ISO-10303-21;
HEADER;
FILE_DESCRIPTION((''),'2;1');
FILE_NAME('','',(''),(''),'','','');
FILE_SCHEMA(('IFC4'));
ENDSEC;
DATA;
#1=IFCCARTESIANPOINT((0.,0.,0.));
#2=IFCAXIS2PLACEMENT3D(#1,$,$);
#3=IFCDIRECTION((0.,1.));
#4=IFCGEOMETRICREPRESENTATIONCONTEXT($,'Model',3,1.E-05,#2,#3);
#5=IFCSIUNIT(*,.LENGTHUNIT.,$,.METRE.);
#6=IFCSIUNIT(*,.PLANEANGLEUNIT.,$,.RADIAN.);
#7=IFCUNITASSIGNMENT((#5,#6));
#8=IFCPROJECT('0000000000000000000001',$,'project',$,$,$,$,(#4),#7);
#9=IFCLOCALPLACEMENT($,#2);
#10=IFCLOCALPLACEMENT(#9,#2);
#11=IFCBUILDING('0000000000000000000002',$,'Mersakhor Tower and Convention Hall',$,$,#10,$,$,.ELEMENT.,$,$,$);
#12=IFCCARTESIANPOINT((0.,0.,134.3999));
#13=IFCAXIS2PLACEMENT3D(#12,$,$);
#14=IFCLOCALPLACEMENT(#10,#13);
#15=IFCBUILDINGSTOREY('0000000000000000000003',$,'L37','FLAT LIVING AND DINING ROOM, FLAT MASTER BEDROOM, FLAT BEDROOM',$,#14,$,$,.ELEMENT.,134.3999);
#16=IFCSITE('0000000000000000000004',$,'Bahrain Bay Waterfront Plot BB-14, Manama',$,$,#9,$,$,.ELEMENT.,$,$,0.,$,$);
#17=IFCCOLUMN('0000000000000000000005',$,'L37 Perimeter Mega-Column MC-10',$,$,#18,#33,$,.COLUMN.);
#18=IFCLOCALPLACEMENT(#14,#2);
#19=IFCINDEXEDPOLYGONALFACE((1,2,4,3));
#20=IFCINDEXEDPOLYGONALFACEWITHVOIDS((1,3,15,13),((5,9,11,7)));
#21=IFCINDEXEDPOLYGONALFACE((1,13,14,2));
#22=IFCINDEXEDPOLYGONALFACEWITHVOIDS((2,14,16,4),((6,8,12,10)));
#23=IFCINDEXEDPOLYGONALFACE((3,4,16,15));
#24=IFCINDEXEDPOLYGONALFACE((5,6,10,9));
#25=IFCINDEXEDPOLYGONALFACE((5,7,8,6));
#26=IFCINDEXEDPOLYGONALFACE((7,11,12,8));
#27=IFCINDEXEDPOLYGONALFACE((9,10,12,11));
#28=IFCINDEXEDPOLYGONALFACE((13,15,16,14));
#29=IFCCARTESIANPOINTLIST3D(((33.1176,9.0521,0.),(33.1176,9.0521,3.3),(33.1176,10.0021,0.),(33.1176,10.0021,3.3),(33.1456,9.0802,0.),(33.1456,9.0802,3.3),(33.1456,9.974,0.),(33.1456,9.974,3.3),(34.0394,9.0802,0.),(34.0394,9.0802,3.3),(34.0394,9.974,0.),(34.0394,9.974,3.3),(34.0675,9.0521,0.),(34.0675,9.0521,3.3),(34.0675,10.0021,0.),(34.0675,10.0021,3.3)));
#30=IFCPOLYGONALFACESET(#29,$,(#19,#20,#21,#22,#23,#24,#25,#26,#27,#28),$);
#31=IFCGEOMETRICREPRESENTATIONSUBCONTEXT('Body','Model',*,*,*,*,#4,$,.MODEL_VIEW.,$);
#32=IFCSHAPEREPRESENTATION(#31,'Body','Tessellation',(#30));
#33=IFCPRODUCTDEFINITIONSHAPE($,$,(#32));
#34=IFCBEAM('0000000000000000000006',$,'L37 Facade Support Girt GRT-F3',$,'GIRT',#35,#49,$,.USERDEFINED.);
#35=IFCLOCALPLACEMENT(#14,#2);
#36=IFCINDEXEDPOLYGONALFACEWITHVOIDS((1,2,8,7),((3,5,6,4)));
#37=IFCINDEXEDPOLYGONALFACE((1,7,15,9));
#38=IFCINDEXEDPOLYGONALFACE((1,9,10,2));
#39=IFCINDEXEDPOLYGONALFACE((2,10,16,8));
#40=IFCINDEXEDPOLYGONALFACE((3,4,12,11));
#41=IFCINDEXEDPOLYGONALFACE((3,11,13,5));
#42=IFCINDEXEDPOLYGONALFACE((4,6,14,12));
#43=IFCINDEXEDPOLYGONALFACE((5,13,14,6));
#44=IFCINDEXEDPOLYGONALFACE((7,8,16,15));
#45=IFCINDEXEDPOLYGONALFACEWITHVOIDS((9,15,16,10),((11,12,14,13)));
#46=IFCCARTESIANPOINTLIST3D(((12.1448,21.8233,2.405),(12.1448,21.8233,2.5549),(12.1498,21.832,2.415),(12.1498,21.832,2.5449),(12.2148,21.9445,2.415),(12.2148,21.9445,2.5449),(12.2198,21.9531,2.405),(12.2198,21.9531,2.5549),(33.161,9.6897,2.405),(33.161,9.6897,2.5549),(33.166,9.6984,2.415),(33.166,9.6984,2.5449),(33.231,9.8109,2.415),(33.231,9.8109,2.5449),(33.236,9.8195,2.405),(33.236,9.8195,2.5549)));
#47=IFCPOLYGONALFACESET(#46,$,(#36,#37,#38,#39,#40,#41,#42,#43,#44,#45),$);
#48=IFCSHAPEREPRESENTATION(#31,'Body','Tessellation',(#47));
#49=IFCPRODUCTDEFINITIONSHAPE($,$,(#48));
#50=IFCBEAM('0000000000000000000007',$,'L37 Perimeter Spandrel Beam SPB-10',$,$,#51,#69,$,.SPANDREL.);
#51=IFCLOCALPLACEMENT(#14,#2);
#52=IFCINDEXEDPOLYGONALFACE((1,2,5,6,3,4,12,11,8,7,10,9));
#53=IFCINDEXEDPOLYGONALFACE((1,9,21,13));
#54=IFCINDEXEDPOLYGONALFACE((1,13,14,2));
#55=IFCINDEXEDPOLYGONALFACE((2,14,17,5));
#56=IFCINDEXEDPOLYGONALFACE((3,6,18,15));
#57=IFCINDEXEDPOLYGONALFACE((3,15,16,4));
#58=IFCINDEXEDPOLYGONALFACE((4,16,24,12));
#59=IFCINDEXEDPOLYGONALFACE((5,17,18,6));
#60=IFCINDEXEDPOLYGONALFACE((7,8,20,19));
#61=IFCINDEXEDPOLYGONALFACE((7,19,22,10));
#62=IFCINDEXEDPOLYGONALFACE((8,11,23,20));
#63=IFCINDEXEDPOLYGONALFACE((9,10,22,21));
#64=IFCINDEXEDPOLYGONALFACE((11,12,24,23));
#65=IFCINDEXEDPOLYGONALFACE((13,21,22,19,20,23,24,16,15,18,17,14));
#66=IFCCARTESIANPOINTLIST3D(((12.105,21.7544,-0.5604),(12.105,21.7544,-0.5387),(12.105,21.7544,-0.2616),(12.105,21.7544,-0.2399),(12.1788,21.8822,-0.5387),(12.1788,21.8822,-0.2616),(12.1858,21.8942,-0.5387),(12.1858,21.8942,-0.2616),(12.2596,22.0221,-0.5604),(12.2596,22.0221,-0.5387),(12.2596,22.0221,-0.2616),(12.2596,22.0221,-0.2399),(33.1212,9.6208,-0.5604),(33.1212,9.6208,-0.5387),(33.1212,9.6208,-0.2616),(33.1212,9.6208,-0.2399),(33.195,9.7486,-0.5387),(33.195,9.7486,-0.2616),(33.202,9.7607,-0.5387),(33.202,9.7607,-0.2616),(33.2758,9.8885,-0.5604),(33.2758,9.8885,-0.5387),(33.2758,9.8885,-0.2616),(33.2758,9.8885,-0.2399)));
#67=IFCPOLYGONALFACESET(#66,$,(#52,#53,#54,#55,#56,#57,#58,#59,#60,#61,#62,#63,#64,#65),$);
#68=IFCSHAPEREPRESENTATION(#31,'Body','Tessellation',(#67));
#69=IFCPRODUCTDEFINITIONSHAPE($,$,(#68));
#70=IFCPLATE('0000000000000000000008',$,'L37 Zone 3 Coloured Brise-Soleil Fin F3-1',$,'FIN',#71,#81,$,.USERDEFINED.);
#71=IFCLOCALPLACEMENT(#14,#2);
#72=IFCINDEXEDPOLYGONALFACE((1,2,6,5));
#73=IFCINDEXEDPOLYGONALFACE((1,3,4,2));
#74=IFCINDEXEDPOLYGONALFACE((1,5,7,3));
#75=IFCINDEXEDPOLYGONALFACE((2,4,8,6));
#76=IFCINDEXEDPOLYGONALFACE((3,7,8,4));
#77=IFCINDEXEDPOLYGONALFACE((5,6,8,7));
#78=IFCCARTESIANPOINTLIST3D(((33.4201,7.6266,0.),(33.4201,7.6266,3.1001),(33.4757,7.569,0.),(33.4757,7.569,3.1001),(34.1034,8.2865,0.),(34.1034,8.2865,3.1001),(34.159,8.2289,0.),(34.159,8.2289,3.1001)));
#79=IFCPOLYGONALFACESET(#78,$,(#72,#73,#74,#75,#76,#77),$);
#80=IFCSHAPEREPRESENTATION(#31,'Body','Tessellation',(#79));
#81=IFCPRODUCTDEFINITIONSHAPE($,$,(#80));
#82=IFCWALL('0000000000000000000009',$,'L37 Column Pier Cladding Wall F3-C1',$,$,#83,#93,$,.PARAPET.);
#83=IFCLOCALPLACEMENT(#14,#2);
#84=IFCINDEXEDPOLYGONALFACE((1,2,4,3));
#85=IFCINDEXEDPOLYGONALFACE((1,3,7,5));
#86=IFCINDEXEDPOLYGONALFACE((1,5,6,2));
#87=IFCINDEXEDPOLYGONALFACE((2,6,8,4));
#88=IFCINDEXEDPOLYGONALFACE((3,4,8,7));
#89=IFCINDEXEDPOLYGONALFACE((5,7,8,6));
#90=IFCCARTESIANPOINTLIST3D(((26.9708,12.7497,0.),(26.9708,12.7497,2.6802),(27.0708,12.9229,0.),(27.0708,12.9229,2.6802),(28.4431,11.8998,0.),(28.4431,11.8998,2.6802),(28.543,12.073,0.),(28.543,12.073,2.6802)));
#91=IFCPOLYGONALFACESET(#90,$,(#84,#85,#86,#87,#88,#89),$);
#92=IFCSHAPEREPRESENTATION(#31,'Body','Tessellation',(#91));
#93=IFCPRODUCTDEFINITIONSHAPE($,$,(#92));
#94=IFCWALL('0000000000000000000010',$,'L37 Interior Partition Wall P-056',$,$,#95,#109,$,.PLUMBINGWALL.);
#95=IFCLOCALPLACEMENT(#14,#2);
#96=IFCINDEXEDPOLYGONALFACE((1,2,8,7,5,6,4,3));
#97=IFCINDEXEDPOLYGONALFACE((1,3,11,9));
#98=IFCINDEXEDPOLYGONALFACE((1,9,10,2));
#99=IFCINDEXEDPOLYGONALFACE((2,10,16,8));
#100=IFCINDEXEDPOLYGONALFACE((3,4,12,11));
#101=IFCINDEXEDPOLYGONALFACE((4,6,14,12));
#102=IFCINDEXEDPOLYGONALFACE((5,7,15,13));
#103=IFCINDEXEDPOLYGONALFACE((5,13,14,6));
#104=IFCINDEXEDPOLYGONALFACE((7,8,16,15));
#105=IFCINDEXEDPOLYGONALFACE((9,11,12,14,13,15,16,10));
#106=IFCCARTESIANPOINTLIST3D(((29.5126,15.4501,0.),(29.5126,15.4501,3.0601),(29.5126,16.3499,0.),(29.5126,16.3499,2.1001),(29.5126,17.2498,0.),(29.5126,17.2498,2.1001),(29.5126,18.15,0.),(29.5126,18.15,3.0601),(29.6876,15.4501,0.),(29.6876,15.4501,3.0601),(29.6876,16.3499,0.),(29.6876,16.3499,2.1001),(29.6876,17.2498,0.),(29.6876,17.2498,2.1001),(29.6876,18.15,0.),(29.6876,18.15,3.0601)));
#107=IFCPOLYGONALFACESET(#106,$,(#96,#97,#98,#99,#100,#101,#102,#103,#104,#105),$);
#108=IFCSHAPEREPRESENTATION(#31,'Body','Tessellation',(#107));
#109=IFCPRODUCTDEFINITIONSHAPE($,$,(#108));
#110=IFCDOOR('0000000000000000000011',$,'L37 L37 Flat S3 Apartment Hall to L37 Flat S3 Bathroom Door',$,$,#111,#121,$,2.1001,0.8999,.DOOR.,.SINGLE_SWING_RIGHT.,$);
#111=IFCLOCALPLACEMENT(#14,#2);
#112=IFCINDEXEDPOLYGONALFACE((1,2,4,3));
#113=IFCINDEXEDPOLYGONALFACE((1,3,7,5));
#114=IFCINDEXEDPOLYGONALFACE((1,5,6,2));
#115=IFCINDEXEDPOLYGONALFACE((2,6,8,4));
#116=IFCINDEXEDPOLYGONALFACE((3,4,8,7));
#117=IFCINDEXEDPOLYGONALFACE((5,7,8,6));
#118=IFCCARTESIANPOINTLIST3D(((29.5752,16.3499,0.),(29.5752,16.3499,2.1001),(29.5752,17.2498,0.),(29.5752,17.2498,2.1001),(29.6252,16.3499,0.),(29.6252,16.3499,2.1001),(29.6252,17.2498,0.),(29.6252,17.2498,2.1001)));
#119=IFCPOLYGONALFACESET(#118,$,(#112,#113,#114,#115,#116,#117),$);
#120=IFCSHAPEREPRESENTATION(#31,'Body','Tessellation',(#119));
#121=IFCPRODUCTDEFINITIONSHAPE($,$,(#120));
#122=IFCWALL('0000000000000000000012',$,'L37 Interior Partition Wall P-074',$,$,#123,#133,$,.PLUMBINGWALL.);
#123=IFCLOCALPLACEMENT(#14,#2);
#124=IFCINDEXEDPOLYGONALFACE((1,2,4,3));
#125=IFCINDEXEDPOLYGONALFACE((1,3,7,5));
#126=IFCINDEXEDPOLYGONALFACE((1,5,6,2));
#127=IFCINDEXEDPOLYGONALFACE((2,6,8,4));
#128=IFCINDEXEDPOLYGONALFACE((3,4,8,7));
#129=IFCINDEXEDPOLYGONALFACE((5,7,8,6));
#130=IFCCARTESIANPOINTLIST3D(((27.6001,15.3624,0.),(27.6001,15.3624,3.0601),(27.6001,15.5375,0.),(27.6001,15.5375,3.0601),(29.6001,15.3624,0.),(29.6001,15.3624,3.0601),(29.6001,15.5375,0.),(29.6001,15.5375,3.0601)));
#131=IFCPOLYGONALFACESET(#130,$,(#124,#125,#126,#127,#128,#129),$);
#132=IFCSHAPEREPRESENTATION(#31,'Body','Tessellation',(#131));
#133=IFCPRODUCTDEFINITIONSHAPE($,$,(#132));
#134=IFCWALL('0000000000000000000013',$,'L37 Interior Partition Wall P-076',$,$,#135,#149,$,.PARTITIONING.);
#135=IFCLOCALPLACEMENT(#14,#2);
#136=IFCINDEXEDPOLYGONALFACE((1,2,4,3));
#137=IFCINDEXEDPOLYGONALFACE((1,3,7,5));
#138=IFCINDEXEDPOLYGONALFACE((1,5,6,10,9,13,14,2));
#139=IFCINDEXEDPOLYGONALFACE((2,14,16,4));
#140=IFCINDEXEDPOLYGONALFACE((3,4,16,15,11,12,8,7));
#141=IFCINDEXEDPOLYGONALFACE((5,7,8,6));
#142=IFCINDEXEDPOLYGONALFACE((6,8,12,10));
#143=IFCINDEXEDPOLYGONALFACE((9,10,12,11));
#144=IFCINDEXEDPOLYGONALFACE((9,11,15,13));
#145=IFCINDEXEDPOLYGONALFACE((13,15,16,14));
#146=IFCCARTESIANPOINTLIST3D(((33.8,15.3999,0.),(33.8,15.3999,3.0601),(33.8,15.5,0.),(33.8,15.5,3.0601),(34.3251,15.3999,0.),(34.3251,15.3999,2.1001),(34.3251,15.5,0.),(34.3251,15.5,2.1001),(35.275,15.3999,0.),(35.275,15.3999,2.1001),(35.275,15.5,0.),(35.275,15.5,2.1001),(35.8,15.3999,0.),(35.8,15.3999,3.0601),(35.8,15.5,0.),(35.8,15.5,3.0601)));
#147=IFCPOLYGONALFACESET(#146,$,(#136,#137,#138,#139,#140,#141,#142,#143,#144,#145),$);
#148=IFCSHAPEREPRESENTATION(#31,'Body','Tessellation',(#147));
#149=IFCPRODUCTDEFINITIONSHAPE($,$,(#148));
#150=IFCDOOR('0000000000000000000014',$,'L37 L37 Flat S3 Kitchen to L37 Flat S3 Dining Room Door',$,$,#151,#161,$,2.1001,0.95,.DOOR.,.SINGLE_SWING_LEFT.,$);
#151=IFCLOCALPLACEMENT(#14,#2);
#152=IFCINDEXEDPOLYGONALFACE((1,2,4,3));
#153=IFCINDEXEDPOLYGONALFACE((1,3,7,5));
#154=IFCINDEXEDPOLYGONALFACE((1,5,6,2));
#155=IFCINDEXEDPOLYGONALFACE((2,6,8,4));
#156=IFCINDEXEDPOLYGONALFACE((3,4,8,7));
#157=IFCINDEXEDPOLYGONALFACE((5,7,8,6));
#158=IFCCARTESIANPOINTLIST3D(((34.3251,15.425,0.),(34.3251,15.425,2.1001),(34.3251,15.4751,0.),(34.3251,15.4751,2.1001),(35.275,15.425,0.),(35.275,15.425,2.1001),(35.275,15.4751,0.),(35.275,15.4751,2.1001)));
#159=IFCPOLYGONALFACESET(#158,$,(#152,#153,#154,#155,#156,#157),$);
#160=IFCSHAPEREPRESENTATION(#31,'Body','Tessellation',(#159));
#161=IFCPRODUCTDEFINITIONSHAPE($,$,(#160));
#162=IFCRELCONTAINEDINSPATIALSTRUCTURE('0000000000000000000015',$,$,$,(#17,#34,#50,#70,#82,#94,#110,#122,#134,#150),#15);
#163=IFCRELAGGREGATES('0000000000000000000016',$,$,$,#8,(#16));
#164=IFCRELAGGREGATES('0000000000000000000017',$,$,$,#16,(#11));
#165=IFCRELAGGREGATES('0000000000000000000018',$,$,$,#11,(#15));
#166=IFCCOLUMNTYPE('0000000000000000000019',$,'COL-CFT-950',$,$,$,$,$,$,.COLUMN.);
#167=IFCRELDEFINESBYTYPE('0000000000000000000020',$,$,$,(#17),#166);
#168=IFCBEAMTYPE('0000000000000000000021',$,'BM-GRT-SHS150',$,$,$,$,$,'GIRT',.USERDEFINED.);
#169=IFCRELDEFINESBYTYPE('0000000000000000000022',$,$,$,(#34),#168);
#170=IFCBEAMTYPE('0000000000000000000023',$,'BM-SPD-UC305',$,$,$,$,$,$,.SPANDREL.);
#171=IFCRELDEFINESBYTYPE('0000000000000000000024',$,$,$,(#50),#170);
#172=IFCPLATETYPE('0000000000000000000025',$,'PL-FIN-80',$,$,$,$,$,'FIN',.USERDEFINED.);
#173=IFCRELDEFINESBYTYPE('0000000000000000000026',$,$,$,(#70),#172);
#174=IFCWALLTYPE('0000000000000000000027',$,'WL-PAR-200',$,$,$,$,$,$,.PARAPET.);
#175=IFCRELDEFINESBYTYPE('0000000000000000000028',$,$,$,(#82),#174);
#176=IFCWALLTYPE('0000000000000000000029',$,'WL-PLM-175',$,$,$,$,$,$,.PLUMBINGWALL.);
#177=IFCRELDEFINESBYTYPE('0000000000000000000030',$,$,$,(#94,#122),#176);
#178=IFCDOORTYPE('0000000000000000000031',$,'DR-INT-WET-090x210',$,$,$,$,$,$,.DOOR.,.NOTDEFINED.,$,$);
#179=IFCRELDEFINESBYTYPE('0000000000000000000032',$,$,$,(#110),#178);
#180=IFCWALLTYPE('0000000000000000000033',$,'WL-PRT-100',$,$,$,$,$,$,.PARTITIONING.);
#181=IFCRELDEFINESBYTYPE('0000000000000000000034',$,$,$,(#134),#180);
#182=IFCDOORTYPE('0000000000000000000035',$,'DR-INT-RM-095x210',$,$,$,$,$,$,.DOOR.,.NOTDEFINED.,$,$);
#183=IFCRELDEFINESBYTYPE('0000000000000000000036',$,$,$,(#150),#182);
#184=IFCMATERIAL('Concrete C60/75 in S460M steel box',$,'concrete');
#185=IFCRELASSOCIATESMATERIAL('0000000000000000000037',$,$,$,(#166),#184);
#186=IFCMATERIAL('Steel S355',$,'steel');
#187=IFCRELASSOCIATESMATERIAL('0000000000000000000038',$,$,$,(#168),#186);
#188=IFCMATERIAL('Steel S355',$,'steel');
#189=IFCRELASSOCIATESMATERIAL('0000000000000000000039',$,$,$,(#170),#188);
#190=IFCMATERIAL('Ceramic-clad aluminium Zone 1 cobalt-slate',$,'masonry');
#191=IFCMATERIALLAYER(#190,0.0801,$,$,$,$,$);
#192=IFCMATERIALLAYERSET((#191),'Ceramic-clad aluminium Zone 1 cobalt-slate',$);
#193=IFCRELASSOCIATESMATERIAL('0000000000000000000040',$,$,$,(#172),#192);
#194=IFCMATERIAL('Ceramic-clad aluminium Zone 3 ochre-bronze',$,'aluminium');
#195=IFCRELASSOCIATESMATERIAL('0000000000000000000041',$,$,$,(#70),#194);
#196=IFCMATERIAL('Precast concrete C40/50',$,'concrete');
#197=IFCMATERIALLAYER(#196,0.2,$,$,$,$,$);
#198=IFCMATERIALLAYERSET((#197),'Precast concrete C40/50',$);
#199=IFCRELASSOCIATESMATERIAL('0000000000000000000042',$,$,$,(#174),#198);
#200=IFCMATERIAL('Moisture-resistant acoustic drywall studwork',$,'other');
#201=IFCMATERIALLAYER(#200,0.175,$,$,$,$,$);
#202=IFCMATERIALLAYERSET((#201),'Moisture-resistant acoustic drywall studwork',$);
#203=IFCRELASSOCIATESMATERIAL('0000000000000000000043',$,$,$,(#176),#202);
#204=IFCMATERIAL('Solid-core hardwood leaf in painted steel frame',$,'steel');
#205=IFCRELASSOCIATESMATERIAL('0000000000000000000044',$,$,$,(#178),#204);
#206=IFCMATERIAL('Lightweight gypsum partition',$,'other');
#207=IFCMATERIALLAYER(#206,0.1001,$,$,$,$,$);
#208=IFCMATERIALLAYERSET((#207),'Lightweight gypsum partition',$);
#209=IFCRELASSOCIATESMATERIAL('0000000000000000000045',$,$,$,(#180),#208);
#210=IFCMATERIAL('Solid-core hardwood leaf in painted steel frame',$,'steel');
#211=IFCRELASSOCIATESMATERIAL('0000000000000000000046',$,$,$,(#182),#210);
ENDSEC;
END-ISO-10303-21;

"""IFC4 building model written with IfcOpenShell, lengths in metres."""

from ifc_helpers import new_model, si_unit, direction, frame, frame_2d, origin, origin_2d, place, context, subcontext, project, spatial, rectangle, hollow_rectangle, i_section, extrude, material, layer, layer_set, material_profile, profile_set, type_object, element, fill, save


model = new_model("IFC4")

# Units and contexts
model_context = context("Model", 3, precision=1e-05, world=origin(), true_north=direction((0.0, 1.0)))
body_context = subcontext(model_context, "Body", "Model", "MODEL_VIEW")
ifc_project = project(units=[si_unit("LENGTHUNIT", "METRE"), si_unit("PLANEANGLEUNIT", "RADIAN")], contexts=[model_context])

# Site, building, storey
site_placement = place(None, origin())
site = spatial("IfcSite", under=ifc_project, at=site_placement, Name="Bahrain Bay Waterfront Plot BB-14, Manama", CompositionType="ELEMENT", RefElevation=0.0)
building_placement = place(site_placement, origin())
building = spatial("IfcBuilding", under=site, at=building_placement, Name="Mersakhor Tower and Convention Hall", CompositionType="ELEMENT")
storey_placement = place(building_placement, frame((0.0, 0.0, 134.3999)))
storey = spatial("IfcBuildingStorey", under=building, at=storey_placement, Name="L37", Description="FLAT LIVING AND DINING ROOM, FLAT MASTER BEDROOM, FLAT BEDROOM", CompositionType="ELEMENT", Elevation=134.3999)

# Column
ifc_material_1 = material(Name="Concrete C60/75 in S460M steel box", Category="concrete")
ifc_material_profile_1 = material_profile(ifc_material_1, hollow_rectangle(XDim=0.95, YDim=0.95, WallThickness=0.0281, at=origin_2d()), Name="SHS 950x950x28")
ifc_profile_set_1 = profile_set([ifc_material_profile_1], Name="Concrete C60/75 in S460M steel box")
column_type = type_object("IfcColumnType", Name="COL-CFT-950", PredefinedType="COLUMN", material=ifc_profile_set_1)
column_placement = place(storey_placement, frame((33.5925, 9.5271, 0.0), z_axis=(0.0, 0.0, 1.0), x_axis=(1.0, 0.0, 0.0)))
element("IfcColumn", 1, at=column_placement, inside=storey, type_object=column_type, Name="L37 Perimeter Mega-Column MC-10", PredefinedType="COLUMN", context=body_context, shape_type="SweptSolid", body=[
    extrude(hollow_rectangle(XDim=0.95, YDim=0.95, WallThickness=0.0281, at=origin_2d()), origin(), (0.0, 0.0, 1.0), 3.3),
])

# Beams
ifc_material_2 = material(Name="Steel S355", Category="steel")
ifc_material_profile_2 = material_profile(ifc_material_2, hollow_rectangle(XDim=0.1499, YDim=0.1499, WallThickness=0.01, at=origin_2d()), Name="SHS 150x150x10")
ifc_profile_set_2 = profile_set([ifc_material_profile_2], Name="Steel S355")
beam_type_1 = type_object("IfcBeamType", Name="BM-GRT-SHS150", ElementType="GIRT", PredefinedType="USERDEFINED", material=ifc_profile_set_2)
beam_1_placement = place(storey_placement, frame((33.1985, 9.7546, 2.48), z_axis=(-0.866027, 0.499996, 0.0), x_axis=(-0.499996, -0.866027, 0.0)))
element("IfcBeam", 2, at=beam_1_placement, inside=storey, type_object=beam_type_1, Name="L37 Facade Support Girt GRT-F3", ObjectType="GIRT", PredefinedType="USERDEFINED", context=body_context, shape_type="SweptSolid", body=[
    extrude(hollow_rectangle(XDim=0.1499, YDim=0.1499, WallThickness=0.01, at=origin_2d()), origin(), (0.0, 0.0, 1.0), 24.2673),
])
ifc_material_3 = material(Name="Steel S355", Category="steel")
ifc_material_profile_3 = material_profile(ifc_material_3, i_section(OverallWidth=0.3091, OverallDepth=0.3206, WebThickness=0.0139, FlangeThickness=0.0217, at=origin_2d()), Name="UC 305x305x137")
ifc_profile_set_3 = profile_set([ifc_material_profile_3], Name="Steel S355")
beam_type_2 = type_object("IfcBeamType", Name="BM-SPD-UC305", PredefinedType="SPANDREL", material=ifc_profile_set_3)
beam_2_placement = place(storey_placement, frame((33.1985, 9.7546, -0.4001), z_axis=(-0.866027, 0.499996, 0.0), x_axis=(-0.499996, -0.866027, 0.0)))
element("IfcBeam", 3, at=beam_2_placement, inside=storey, type_object=beam_type_2, Name="L37 Perimeter Spandrel Beam SPB-10", PredefinedType="SPANDREL", context=body_context, shape_type="SweptSolid", body=[
    extrude(i_section(OverallWidth=0.3091, OverallDepth=0.3206, WebThickness=0.0139, FlangeThickness=0.0217, at=origin_2d()), origin(), (0.0, 0.0, 1.0), 24.2673),
])

# Plate
ifc_material_4 = material(Name="Ceramic-clad aluminium Zone 3 ochre-bronze", Category="aluminium")
ifc_material_5 = material(Name="Ceramic-clad aluminium Zone 1 cobalt-slate", Category="masonry")
ifc_layer_1 = layer(ifc_material_5, 0.0801)
ifc_layer_set_1 = layer_set([ifc_layer_1], Name="Ceramic-clad aluminium Zone 1 cobalt-slate")
plate_type = type_object("IfcPlateType", Name="PL-FIN-80", ElementType="FIN", PredefinedType="USERDEFINED", material=ifc_layer_set_1)
plate_placement = place(storey_placement, frame((33.7896, 7.9277, 0.0), z_axis=(0.0, 0.0, 1.0), x_axis=(-0.71934, -0.694658, 0.0)))
element("IfcPlate", 4, at=plate_placement, inside=storey, type_object=plate_type, material=ifc_material_4, Name="L37 Zone 3 Coloured Brise-Soleil Fin F3-1", ObjectType="FIN", PredefinedType="USERDEFINED", context=body_context, shape_type="SweptSolid", body=[
    extrude(rectangle(XDim=0.95, YDim=0.0801, at=origin_2d()), origin(), (0.0, 0.0, 1.0), 3.1001),
])

# Wall
ifc_material_6 = material(Name="Precast concrete C40/50", Category="concrete")
ifc_layer_2 = layer(ifc_material_6, 0.2)
ifc_layer_set_2 = layer_set([ifc_layer_2], Name="Precast concrete C40/50")
wall_type_1 = type_object("IfcWallType", Name="WL-PAR-200", PredefinedType="PARAPET", material=ifc_layer_set_2)
wall_1_placement = place(storey_placement, frame((28.4932, 11.9863, 0.0), z_axis=(0.0, 0.0, 1.0), x_axis=(-0.866052, 0.499955, 0.0)))
element("IfcWall", 5, at=wall_1_placement, inside=storey, type_object=wall_type_1, Name="L37 Column Pier Cladding Wall F3-C1", PredefinedType="PARAPET", context=body_context, shape_type="SweptSolid", body=[
    extrude(rectangle(XDim=1.7, YDim=0.2, at=frame_2d((0.8501, 0.0))), origin(), (0.0, 0.0, 1.0), 2.6802),
])

# Wall, opening, door
ifc_material_7 = material(Name="Moisture-resistant acoustic drywall studwork", Category="other")
ifc_layer_3 = layer(ifc_material_7, 0.175)
ifc_layer_set_3 = layer_set([ifc_layer_3], Name="Moisture-resistant acoustic drywall studwork")
wall_type_2 = type_object("IfcWallType", Name="WL-PLM-175", PredefinedType="PLUMBINGWALL", material=ifc_layer_set_3)
wall_2_placement = place(storey_placement, frame((29.6001, 15.45, 0.0), z_axis=(0.0, 0.0, 1.0), x_axis=(0.0, 1.0, 0.0)))
wall_2 = element("IfcWall", 6, at=wall_2_placement, inside=storey, type_object=wall_type_2, Name="L37 Interior Partition Wall P-056", PredefinedType="PLUMBINGWALL", context=body_context, shape_type="SweptSolid", body=[
    extrude(rectangle(XDim=2.7, YDim=0.175, at=frame_2d((1.3501, 0.0))), origin(), (0.0, 0.0, 1.0), 3.0601),
])
opening_1_placement = place(wall_2_placement, frame((0.8999, 0.0, 0.0)))
opening_1 = element("IfcOpeningElement", 7, at=opening_1_placement, cuts=wall_2, PredefinedType="OPENING", context=body_context, shape_type="SweptSolid", body=[
    extrude(rectangle(XDim=0.8999, YDim=2.1001, at=frame_2d((0.45, 1.05))), frame((0.0, 0.0974, 0.0), z_axis=(0.0, -1.0, 0.0), x_axis=(1.0, 0.0, 0.0)), (0.0, 0.0, 1.0), 0.1951),
])
ifc_material_8 = material(Name="Solid-core hardwood leaf in painted steel frame", Category="steel")
door_type_1 = type_object("IfcDoorType", Name="DR-INT-WET-090x210", OperationType="NOTDEFINED", PredefinedType="DOOR", material=ifc_material_8)
door_1_placement = place(opening_1_placement, origin())
door_1 = element("IfcDoor", 8, at=door_1_placement, inside=storey, type_object=door_type_1, Name="L37 L37 Flat S3 Apartment Hall to L37 Flat S3 Bathroom Door", OperationType="SINGLE_SWING_RIGHT", OverallHeight=2.1001, OverallWidth=0.8999, PredefinedType="DOOR", context=body_context, shape_type="SweptSolid", body=[
    extrude(rectangle(XDim=0.8999, YDim=2.1001, at=frame_2d((0.45, 1.05))), frame((0.0, 0.0249, 0.0), z_axis=(0.0, -1.0, 0.0), x_axis=(1.0, 0.0, 0.0)), (0.0, 0.0, 1.0), 0.05),
])
fill(opening_1, door_1)

# Wall
wall_3_placement = place(storey_placement, frame((29.6001, 15.45, 0.0), z_axis=(0.0, 0.0, 1.0), x_axis=(-1.0, 0.0, 0.0)))
element("IfcWall", 9, at=wall_3_placement, inside=storey, type_object=wall_type_2, Name="L37 Interior Partition Wall P-074", PredefinedType="PLUMBINGWALL", context=body_context, shape_type="SweptSolid", body=[
    extrude(rectangle(XDim=2.0, YDim=0.175, at=frame_2d((1.0, 0.0))), origin(), (0.0, 0.0, 1.0), 3.0601),
])

# Wall, opening, door
ifc_material_9 = material(Name="Lightweight gypsum partition", Category="other")
ifc_layer_4 = layer(ifc_material_9, 0.1001)
ifc_layer_set_4 = layer_set([ifc_layer_4], Name="Lightweight gypsum partition")
wall_type_3 = type_object("IfcWallType", Name="WL-PRT-100", PredefinedType="PARTITIONING", material=ifc_layer_set_4)
wall_4_placement = place(storey_placement, frame((35.8, 15.45, 0.0), z_axis=(0.0, 0.0, 1.0), x_axis=(-1.0, 0.0, 0.0)))
wall_4 = element("IfcWall", 10, at=wall_4_placement, inside=storey, type_object=wall_type_3, Name="L37 Interior Partition Wall P-076", PredefinedType="PARTITIONING", context=body_context, shape_type="SweptSolid", body=[
    extrude(rectangle(XDim=2.0, YDim=0.1001, at=frame_2d((1.0, 0.0))), origin(), (0.0, 0.0, 1.0), 3.0601),
])
opening_2_placement = place(wall_4_placement, frame((0.5249, 0.0, 0.0)))
opening_2 = element("IfcOpeningElement", 11, at=opening_2_placement, cuts=wall_4, PredefinedType="OPENING", context=body_context, shape_type="SweptSolid", body=[
    extrude(rectangle(XDim=0.95, YDim=2.1001, at=frame_2d((0.4751, 1.05))), frame((0.0, 0.0601, 0.0), z_axis=(0.0, -1.0, 0.0), x_axis=(1.0, 0.0, 0.0)), (0.0, 0.0, 1.0), 0.1201),
])
ifc_material_10 = material(Name="Solid-core hardwood leaf in painted steel frame", Category="steel")
door_type_2 = type_object("IfcDoorType", Name="DR-INT-RM-095x210", OperationType="NOTDEFINED", PredefinedType="DOOR", material=ifc_material_10)
door_2_placement = place(opening_2_placement, origin())
door_2 = element("IfcDoor", 12, at=door_2_placement, inside=storey, type_object=door_type_2, Name="L37 L37 Flat S3 Kitchen to L37 Flat S3 Dining Room Door", OperationType="SINGLE_SWING_LEFT", OverallHeight=2.1001, OverallWidth=0.95, PredefinedType="DOOR", context=body_context, shape_type="SweptSolid", body=[
    extrude(rectangle(XDim=0.95, YDim=2.1001, at=frame_2d((0.4751, 1.05))), frame((0.0, 0.0249, 0.0), z_axis=(0.0, -1.0, 0.0), x_axis=(1.0, 0.0, 0.0)), (0.0, 0.0, 1.0), 0.05),
])
fill(opening_2, door_2)

save(model, "model.ifc")
